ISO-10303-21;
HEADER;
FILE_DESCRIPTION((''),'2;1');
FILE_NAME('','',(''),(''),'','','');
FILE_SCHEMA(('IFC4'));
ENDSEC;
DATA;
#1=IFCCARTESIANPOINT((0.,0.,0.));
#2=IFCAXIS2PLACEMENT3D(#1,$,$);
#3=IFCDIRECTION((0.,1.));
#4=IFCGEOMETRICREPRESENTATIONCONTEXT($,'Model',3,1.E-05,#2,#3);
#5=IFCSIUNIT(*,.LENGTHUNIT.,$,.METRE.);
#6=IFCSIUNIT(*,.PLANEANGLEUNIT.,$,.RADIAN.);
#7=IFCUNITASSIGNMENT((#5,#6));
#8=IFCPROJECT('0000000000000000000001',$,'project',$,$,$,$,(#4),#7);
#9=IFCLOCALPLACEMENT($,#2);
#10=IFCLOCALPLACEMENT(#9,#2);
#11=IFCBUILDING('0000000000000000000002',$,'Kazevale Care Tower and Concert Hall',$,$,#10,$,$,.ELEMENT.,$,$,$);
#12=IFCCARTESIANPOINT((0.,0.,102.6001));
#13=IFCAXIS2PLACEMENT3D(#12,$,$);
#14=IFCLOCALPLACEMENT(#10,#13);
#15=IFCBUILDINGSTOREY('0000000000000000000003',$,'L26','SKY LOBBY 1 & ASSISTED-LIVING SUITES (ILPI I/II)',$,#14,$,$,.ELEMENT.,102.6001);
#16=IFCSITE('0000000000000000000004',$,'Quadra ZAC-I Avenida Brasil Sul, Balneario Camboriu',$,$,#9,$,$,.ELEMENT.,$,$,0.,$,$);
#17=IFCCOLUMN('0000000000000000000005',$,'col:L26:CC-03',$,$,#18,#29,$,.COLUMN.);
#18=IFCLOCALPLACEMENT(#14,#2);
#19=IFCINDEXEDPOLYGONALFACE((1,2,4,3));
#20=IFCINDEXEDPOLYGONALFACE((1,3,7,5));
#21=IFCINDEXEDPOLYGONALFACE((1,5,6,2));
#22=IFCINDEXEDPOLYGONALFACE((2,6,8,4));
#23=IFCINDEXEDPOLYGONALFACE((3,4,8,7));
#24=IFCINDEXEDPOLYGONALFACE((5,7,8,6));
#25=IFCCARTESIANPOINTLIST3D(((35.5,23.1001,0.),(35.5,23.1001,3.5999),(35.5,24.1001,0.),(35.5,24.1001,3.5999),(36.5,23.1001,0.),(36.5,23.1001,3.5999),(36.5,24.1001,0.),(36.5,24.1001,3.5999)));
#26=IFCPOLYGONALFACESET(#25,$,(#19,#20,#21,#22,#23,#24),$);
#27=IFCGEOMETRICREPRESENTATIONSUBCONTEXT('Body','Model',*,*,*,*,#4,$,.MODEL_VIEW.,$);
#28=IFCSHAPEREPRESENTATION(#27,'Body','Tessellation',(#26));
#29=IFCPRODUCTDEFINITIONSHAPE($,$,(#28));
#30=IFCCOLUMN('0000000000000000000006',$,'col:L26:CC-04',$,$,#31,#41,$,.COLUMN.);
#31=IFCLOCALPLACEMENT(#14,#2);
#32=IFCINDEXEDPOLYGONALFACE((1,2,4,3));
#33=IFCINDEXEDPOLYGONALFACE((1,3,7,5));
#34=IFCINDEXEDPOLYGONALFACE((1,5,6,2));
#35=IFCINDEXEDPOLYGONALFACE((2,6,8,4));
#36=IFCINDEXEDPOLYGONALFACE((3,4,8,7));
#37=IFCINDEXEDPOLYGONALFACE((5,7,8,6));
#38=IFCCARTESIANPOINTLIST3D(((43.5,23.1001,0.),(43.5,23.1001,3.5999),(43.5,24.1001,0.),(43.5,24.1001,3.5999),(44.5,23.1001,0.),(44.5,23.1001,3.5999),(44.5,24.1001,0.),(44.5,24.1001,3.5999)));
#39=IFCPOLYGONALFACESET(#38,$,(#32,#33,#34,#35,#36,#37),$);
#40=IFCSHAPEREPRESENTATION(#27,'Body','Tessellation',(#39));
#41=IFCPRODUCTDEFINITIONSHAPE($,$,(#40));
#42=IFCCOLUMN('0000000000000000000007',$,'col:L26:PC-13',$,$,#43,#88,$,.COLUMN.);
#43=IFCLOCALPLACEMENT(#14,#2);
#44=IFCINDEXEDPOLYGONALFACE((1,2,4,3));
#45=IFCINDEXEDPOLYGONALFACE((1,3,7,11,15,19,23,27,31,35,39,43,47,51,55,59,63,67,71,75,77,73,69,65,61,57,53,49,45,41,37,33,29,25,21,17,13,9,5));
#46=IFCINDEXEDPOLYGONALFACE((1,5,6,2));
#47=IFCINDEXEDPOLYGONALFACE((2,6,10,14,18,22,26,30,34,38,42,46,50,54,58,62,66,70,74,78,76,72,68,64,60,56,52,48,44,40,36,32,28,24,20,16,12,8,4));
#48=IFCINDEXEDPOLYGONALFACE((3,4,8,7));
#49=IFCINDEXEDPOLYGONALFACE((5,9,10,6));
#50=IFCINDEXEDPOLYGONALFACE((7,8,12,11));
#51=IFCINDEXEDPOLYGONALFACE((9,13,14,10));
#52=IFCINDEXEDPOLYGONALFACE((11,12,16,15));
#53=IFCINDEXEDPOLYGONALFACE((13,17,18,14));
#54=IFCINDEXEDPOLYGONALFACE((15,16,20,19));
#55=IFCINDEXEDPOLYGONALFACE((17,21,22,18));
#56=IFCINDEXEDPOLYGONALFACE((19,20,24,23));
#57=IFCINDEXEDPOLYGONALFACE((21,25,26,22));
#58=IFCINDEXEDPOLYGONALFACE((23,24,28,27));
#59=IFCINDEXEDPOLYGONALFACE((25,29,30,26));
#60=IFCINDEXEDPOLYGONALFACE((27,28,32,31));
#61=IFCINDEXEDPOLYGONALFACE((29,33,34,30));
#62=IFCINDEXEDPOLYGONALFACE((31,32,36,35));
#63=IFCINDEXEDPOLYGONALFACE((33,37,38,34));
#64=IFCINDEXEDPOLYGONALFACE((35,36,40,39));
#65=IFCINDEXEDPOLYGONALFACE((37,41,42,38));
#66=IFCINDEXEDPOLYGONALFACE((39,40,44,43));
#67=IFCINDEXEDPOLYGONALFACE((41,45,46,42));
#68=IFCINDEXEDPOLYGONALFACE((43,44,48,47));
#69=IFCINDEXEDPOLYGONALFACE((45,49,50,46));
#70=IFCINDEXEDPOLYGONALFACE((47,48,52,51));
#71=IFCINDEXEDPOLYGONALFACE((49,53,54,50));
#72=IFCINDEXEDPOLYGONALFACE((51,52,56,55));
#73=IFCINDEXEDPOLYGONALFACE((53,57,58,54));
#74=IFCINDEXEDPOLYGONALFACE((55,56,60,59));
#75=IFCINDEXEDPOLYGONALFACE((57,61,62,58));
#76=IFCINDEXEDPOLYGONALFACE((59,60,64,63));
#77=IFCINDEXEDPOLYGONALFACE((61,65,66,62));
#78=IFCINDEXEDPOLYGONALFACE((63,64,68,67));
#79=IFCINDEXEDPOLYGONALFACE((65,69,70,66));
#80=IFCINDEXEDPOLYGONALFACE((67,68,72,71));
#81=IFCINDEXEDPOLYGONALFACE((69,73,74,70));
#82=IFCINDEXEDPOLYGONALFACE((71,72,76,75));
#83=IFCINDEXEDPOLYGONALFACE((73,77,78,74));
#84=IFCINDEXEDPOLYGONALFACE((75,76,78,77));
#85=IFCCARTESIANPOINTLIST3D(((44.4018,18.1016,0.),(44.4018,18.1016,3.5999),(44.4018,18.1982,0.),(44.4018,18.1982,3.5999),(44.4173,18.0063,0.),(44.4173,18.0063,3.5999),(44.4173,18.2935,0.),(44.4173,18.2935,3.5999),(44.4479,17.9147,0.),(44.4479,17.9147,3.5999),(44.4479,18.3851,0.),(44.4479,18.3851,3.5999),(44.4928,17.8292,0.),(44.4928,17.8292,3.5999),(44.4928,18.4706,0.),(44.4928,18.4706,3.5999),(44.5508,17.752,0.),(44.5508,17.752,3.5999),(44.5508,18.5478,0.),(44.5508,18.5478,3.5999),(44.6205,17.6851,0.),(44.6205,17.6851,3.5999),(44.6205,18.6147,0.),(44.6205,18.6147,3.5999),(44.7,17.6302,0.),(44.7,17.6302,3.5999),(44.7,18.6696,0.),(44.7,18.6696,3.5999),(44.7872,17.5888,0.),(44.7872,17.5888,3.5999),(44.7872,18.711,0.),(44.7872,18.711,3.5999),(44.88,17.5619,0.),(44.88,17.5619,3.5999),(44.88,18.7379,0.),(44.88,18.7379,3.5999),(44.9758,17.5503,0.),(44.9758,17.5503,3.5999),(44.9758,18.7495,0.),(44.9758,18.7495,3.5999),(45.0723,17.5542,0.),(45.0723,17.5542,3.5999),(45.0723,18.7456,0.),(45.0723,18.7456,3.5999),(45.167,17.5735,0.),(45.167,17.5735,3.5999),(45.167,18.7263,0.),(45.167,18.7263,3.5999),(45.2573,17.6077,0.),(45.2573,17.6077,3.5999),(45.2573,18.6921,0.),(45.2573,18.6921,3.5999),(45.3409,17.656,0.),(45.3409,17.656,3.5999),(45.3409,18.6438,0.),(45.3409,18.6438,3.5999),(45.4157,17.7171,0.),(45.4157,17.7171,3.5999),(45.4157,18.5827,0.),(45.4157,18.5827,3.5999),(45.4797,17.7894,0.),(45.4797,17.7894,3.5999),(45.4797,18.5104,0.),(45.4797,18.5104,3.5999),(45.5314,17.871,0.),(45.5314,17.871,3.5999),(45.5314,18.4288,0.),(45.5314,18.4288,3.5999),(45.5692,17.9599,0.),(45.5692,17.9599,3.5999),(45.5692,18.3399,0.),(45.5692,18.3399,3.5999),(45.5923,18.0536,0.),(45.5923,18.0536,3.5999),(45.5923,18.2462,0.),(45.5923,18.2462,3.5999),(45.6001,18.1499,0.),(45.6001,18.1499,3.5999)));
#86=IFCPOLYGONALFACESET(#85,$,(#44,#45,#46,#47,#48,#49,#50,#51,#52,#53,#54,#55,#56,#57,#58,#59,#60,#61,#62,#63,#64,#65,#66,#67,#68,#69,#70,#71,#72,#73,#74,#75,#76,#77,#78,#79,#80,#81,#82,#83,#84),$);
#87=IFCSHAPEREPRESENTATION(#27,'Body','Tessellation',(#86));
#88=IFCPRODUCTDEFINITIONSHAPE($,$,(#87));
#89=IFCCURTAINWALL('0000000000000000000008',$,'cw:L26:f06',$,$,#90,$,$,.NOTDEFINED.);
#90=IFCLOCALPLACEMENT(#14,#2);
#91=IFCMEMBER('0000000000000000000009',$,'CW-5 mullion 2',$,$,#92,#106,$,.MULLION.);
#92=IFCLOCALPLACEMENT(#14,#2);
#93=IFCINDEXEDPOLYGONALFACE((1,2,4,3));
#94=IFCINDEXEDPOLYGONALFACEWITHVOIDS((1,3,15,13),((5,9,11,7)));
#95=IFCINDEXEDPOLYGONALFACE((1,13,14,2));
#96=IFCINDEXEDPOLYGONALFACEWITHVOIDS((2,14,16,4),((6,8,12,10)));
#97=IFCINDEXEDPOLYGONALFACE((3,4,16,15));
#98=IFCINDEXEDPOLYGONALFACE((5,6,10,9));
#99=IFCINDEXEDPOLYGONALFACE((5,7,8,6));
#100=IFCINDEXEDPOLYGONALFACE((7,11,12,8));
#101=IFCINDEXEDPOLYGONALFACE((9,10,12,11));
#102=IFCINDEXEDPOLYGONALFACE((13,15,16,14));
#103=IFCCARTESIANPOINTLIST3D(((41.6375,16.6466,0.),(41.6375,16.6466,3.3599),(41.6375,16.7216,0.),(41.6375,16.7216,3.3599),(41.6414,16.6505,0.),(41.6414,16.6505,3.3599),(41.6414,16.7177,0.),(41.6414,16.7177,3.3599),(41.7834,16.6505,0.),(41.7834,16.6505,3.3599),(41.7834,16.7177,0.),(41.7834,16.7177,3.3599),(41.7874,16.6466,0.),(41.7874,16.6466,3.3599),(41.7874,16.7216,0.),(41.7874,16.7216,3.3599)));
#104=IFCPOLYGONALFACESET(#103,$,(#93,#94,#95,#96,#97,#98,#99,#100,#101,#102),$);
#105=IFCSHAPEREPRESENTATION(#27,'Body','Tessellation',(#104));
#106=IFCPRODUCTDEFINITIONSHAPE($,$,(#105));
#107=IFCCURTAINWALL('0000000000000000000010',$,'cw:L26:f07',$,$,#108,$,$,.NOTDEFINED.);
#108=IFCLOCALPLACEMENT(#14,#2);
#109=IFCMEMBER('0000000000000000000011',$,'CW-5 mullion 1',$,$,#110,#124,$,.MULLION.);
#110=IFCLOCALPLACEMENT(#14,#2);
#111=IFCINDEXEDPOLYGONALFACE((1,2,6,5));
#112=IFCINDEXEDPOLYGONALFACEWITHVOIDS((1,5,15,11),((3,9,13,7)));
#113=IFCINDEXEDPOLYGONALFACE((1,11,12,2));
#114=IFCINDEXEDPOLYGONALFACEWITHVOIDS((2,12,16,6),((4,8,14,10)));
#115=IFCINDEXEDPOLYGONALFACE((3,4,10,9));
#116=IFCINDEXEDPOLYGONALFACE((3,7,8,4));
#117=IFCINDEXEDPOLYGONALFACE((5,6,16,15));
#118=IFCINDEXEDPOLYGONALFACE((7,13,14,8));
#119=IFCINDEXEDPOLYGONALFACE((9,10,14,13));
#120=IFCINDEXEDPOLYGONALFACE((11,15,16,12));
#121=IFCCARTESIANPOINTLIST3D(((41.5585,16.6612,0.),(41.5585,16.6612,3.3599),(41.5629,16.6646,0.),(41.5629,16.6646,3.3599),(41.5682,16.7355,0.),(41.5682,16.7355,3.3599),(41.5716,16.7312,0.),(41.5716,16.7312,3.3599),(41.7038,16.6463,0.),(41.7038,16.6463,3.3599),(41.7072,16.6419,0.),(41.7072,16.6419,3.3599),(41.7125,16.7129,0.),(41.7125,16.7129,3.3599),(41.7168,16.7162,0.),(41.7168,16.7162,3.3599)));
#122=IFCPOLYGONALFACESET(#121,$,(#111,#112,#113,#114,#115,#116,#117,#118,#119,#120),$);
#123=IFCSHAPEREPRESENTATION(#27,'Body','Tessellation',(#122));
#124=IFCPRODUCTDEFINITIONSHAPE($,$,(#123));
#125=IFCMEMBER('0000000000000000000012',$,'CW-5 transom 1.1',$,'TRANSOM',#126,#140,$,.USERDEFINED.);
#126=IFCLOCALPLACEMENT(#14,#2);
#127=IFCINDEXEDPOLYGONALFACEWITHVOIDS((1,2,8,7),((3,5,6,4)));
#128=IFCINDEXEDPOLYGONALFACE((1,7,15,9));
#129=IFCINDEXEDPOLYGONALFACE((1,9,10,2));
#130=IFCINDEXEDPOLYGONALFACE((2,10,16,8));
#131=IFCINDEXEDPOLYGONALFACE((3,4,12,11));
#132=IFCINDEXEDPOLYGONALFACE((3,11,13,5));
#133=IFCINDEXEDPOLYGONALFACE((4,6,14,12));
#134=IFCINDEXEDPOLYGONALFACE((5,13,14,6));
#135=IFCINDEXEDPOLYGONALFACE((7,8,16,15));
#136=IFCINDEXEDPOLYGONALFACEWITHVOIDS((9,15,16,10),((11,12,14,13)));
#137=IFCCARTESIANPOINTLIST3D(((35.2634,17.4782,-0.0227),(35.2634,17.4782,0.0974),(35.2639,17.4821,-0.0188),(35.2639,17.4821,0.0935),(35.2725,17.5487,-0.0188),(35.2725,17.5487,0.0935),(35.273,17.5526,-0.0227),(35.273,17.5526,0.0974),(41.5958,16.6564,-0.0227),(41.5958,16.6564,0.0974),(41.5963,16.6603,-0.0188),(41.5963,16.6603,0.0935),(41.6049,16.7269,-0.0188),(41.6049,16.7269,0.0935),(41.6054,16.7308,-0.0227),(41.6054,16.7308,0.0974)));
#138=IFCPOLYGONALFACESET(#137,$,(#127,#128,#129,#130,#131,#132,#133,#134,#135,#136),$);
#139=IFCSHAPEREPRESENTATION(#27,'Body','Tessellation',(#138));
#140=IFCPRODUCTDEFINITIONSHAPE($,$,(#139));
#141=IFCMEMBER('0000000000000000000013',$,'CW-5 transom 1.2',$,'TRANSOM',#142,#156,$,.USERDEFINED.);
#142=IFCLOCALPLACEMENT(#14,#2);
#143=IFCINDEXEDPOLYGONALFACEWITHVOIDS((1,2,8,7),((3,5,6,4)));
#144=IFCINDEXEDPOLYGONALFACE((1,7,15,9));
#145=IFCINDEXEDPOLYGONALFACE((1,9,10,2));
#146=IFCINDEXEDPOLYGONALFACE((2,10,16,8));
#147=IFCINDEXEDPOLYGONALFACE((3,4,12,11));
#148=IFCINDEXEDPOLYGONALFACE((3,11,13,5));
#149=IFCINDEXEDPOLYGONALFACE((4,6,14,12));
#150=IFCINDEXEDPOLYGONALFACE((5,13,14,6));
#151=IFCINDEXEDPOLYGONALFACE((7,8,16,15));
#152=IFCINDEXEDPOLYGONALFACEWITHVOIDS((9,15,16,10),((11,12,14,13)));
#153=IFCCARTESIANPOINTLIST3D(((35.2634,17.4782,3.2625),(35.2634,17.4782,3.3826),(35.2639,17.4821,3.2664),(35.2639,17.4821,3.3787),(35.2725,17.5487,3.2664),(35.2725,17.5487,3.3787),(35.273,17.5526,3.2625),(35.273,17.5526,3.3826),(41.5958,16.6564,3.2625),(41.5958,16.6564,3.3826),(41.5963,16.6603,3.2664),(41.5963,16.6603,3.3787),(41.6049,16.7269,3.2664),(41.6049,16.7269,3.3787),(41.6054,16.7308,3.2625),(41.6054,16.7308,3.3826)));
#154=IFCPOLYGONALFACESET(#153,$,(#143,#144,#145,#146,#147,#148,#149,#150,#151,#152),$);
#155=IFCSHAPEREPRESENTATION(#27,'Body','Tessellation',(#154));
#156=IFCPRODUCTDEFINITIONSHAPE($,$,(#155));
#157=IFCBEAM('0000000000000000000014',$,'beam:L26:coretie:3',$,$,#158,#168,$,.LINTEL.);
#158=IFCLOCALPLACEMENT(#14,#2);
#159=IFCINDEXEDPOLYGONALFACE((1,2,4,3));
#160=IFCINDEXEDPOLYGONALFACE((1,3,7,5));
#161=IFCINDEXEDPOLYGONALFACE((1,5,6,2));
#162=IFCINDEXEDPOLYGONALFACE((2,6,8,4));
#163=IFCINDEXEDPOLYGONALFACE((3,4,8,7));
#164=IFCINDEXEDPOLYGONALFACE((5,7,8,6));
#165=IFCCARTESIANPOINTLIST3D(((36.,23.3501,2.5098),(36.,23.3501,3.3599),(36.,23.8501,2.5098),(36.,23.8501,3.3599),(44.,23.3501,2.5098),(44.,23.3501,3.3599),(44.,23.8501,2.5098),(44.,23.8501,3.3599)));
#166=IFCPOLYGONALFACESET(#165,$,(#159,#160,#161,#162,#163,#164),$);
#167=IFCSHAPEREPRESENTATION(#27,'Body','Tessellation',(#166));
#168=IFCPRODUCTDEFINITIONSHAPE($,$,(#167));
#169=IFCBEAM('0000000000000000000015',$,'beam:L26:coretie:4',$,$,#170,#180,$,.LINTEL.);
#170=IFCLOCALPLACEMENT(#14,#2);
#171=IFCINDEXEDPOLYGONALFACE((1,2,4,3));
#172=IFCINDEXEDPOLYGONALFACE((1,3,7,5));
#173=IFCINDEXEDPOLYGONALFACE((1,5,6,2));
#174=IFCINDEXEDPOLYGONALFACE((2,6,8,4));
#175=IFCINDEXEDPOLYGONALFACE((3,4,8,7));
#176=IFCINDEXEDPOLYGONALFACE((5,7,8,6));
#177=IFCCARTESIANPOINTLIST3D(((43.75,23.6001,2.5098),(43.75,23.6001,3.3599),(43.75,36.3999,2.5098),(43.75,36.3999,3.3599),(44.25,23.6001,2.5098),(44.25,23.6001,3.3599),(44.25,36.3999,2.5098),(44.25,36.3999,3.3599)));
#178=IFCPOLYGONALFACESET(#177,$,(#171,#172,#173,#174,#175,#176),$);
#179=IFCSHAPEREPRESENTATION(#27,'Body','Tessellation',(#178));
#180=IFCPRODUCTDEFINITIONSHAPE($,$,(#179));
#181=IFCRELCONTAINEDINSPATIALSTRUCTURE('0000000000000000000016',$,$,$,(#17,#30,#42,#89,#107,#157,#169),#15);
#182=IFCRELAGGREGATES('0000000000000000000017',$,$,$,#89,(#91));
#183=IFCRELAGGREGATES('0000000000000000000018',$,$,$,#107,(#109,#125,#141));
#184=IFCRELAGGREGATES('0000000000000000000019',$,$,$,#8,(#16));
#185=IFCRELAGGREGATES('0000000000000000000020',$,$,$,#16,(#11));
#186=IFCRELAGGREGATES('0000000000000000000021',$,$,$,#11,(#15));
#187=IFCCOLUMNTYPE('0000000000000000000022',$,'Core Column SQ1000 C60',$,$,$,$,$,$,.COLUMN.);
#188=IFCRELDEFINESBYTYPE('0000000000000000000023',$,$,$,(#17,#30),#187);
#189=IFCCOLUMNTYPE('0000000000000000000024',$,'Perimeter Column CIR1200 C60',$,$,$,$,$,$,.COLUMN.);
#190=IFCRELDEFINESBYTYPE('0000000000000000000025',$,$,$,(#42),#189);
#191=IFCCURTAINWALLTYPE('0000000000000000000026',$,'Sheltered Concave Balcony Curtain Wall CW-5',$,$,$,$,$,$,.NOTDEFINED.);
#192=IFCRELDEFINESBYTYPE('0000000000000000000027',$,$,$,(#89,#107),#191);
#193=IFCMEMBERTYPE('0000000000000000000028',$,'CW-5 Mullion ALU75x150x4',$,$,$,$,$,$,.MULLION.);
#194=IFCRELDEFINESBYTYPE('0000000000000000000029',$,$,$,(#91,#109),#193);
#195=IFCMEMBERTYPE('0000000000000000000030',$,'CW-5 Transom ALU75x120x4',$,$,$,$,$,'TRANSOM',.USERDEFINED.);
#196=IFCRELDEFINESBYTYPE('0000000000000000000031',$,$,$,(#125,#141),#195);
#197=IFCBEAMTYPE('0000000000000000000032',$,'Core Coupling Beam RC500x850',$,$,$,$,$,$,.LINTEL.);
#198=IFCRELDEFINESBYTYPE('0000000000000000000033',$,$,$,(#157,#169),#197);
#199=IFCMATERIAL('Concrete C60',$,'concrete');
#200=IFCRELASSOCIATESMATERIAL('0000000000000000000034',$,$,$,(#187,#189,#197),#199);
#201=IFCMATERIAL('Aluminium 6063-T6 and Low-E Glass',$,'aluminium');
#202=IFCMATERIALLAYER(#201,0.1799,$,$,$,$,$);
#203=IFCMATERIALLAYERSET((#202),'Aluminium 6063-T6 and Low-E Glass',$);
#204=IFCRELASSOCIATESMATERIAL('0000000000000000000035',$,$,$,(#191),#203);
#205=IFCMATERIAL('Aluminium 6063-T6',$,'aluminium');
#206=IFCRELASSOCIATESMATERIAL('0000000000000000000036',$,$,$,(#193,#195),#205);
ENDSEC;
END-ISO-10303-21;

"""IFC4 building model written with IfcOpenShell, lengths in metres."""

from ifc_helpers import new_model, si_unit, direction, frame, origin, origin_2d, place, context, subcontext, project, spatial, rectangle, hollow_rectangle, circle, extrude, material, layer, layer_set, material_profile, profile_set, type_object, element, aggregate, save


model = new_model("IFC4")

# Units and contexts
model_context = context("Model", 3, precision=1e-05, world=origin(), true_north=direction((0.0, 1.0)))
body_context = subcontext(model_context, "Body", "Model", "MODEL_VIEW")
ifc_project = project(units=[si_unit("LENGTHUNIT", "METRE"), si_unit("PLANEANGLEUNIT", "RADIAN")], contexts=[model_context])

# Site, building, storey
site_placement = place(None, origin())
site = spatial("IfcSite", under=ifc_project, at=site_placement, Name="Quadra ZAC-I Avenida Brasil Sul, Balneario Camboriu", CompositionType="ELEMENT", RefElevation=0.0)
building_placement = place(site_placement, origin())
building = spatial("IfcBuilding", under=site, at=building_placement, Name="Kazevale Care Tower and Concert Hall", CompositionType="ELEMENT")
storey_placement = place(building_placement, frame((0.0, 0.0, 102.6001)))
storey = spatial("IfcBuildingStorey", under=building, at=storey_placement, Name="L26", Description="SKY LOBBY 1 & ASSISTED-LIVING SUITES (ILPI I/II)", CompositionType="ELEMENT", Elevation=102.6001)

# Columns
ifc_material_1 = material(Name="Concrete C60", Category="concrete")
ifc_material_profile_1 = material_profile(ifc_material_1, rectangle(XDim=1.0, YDim=1.0, at=origin_2d()), Name="RC-SQ1000")
ifc_profile_set_1 = profile_set([ifc_material_profile_1], Name="Concrete C60")
column_type_1 = type_object("IfcColumnType", Name="Core Column SQ1000 C60", PredefinedType="COLUMN", material=ifc_profile_set_1)
for number, where, z_axis, x_axis, name in (
    (1, (36.0, 23.6001, 0.0), (0.0, 0.0, 1.0), (1.0, 0.0, 0.0), "col:L26:CC-03"),
    (2, (44.0, 23.6001, 0.0), (0.0, 0.0, 1.0), (1.0, 0.0, 0.0), "col:L26:CC-04"),
):
    element("IfcColumn", number, at=place(storey_placement, frame(where, z_axis=z_axis, x_axis=x_axis)), inside=storey, type_object=column_type_1, Name=name, PredefinedType="COLUMN", context=body_context, shape_type="SweptSolid", body=[
        extrude(rectangle(XDim=1.0, YDim=1.0, at=origin_2d()), origin(), (0.0, 0.0, 1.0), 3.5999),
    ])
ifc_material_profile_2 = material_profile(ifc_material_1, circle(Radius=0.6001, at=origin_2d()), Name="RC-CIR1200")
ifc_profile_set_2 = profile_set([ifc_material_profile_2], Name="Concrete C60")
column_type_2 = type_object("IfcColumnType", Name="Perimeter Column CIR1200 C60", PredefinedType="COLUMN", material=ifc_profile_set_2)
column_placement = place(storey_placement, frame((45.0, 18.1499, 0.0), z_axis=(0.0, 0.0, 1.0), x_axis=(1.0, 0.0, 0.0)))
element("IfcColumn", 3, at=column_placement, inside=storey, type_object=column_type_2, Name="col:L26:PC-13", PredefinedType="COLUMN", context=body_context, shape_type="SweptSolid", body=[
    extrude(circle(Radius=0.6001, at=origin_2d()), origin(), (0.0, 0.0, 1.0), 3.5999),
])

# Curtain wall, member
ifc_material_2 = material(Name="Aluminium 6063-T6 and Low-E Glass", Category="aluminium")
ifc_layer_1 = layer(ifc_material_2, 0.1799)
ifc_layer_set_1 = layer_set([ifc_layer_1], Name="Aluminium 6063-T6 and Low-E Glass")
curtain_wall_type = type_object("IfcCurtainWallType", Name="Sheltered Concave Balcony Curtain Wall CW-5", PredefinedType="NOTDEFINED", material=ifc_layer_set_1)
curtain_wall_1_placement = place(storey_placement, origin())
curtain_wall_1 = element("IfcCurtainWall", 4, at=curtain_wall_1_placement, inside=storey, type_object=curtain_wall_type, Name="cw:L26:f06", PredefinedType="NOTDEFINED")
ifc_material_3 = material(Name="Aluminium 6063-T6", Category="aluminium")
ifc_material_profile_3 = material_profile(ifc_material_3, hollow_rectangle(XDim=0.075, YDim=0.1499, WallThickness=0.0039, at=origin_2d()), Name="ALU75x150x4")
ifc_profile_set_3 = profile_set([ifc_material_profile_3], Name="Aluminium 6063-T6")
member_type_1 = type_object("IfcMemberType", Name="CW-5 Mullion ALU75x150x4", PredefinedType="MULLION", material=ifc_profile_set_3)
member_1_placement = place(storey_placement, frame((41.7124, 16.6841, 0.0), z_axis=(0.0, 0.0, 1.0), x_axis=(0.0, -1.0, 0.0)))
member_1 = element("IfcMember", 5, at=member_1_placement, type_object=member_type_1, Name="CW-5 mullion 2", PredefinedType="MULLION", context=body_context, shape_type="SweptSolid", body=[
    extrude(hollow_rectangle(XDim=0.075, YDim=0.1499, WallThickness=0.0039, at=origin_2d()), origin(), (0.0, 0.0, 1.0), 3.3599),
])

# Curtain wall, members
curtain_wall_2_placement = place(storey_placement, origin())
curtain_wall_2 = element("IfcCurtainWall", 6, at=curtain_wall_2_placement, inside=storey, type_object=curtain_wall_type, Name="cw:L26:f07", PredefinedType="NOTDEFINED")
member_2_placement = place(storey_placement, frame((41.6377, 16.6887, 0.0), z_axis=(0.0, 0.0, 1.0), x_axis=(-0.128685, -0.991686, 0.0)))
member_2 = element("IfcMember", 7, at=member_2_placement, type_object=member_type_1, Name="CW-5 mullion 1", PredefinedType="MULLION", context=body_context, shape_type="SweptSolid", body=[
    extrude(hollow_rectangle(XDim=0.075, YDim=0.1499, WallThickness=0.0039, at=origin_2d()), origin(), (0.0, 0.0, 1.0), 3.3599),
])
ifc_material_profile_4 = material_profile(ifc_material_3, hollow_rectangle(XDim=0.075, YDim=0.1201, WallThickness=0.0039, at=origin_2d()), Name="ALU75x120x4")
ifc_profile_set_4 = profile_set([ifc_material_profile_4], Name="Aluminium 6063-T6")
member_type_2 = type_object("IfcMemberType", Name="CW-5 Transom ALU75x120x4", ElementType="TRANSOM", PredefinedType="USERDEFINED", material=ifc_profile_set_4)
member_3_placement = place(storey_placement, frame((41.6006, 16.6936, 0.0374), z_axis=(-0.991684, 0.128697, 0.0), x_axis=(-0.128697, -0.991684, 0.0)))
member_3 = element("IfcMember", 8, at=member_3_placement, type_object=member_type_2, Name="CW-5 transom 1.1", ObjectType="TRANSOM", PredefinedType="USERDEFINED", context=body_context, shape_type="SweptSolid", body=[
    extrude(hollow_rectangle(XDim=0.075, YDim=0.1201, WallThickness=0.0039, at=origin_2d()), origin(), (0.0, 0.0, 1.0), 6.3855),
])
member_4_placement = place(storey_placement, frame((41.6006, 16.6936, 3.3225), z_axis=(-0.991684, 0.128697, 0.0), x_axis=(-0.128697, -0.991684, 0.0)))
member_4 = element("IfcMember", 9, at=member_4_placement, type_object=member_type_2, Name="CW-5 transom 1.2", ObjectType="TRANSOM", PredefinedType="USERDEFINED", context=body_context, shape_type="SweptSolid", body=[
    extrude(hollow_rectangle(XDim=0.075, YDim=0.1201, WallThickness=0.0039, at=origin_2d()), origin(), (0.0, 0.0, 1.0), 6.3855),
])

# Beams
ifc_material_profile_5 = material_profile(ifc_material_1, rectangle(XDim=0.5, YDim=0.8501, at=origin_2d()), Name="RC-B500x850")
ifc_profile_set_5 = profile_set([ifc_material_profile_5], Name="Concrete C60")
beam_type_1 = type_object("IfcBeamType", Name="Core Coupling Beam RC500x850", PredefinedType="LINTEL", material=ifc_profile_set_5)
beam_1_placement = place(storey_placement, frame((36.0, 23.6001, 2.9348), z_axis=(1.0, 0.0, 0.0), x_axis=(0.0, 1.0, 0.0)))
element("IfcBeam", 10, at=beam_1_placement, inside=storey, type_object=beam_type_1, Name="beam:L26:coretie:3", PredefinedType="LINTEL", context=body_context, shape_type="SweptSolid", body=[
    extrude(rectangle(XDim=0.5, YDim=0.8501, at=origin_2d()), origin(), (0.0, 0.0, 1.0), 8.0),
])
beam_2_placement = place(storey_placement, frame((44.0, 23.6001, 2.9348), z_axis=(0.0, 1.0, 0.0), x_axis=(-1.0, 0.0, 0.0)))
element("IfcBeam", 11, at=beam_2_placement, inside=storey, type_object=beam_type_1, Name="beam:L26:coretie:4", PredefinedType="LINTEL", context=body_context, shape_type="SweptSolid", body=[
    extrude(rectangle(XDim=0.5, YDim=0.8501, at=origin_2d()), origin(), (0.0, 0.0, 1.0), 12.7998),
])

aggregate(curtain_wall_1, [member_1])
aggregate(curtain_wall_2, [member_2, member_3, member_4])

save(model, "model.ifc")
